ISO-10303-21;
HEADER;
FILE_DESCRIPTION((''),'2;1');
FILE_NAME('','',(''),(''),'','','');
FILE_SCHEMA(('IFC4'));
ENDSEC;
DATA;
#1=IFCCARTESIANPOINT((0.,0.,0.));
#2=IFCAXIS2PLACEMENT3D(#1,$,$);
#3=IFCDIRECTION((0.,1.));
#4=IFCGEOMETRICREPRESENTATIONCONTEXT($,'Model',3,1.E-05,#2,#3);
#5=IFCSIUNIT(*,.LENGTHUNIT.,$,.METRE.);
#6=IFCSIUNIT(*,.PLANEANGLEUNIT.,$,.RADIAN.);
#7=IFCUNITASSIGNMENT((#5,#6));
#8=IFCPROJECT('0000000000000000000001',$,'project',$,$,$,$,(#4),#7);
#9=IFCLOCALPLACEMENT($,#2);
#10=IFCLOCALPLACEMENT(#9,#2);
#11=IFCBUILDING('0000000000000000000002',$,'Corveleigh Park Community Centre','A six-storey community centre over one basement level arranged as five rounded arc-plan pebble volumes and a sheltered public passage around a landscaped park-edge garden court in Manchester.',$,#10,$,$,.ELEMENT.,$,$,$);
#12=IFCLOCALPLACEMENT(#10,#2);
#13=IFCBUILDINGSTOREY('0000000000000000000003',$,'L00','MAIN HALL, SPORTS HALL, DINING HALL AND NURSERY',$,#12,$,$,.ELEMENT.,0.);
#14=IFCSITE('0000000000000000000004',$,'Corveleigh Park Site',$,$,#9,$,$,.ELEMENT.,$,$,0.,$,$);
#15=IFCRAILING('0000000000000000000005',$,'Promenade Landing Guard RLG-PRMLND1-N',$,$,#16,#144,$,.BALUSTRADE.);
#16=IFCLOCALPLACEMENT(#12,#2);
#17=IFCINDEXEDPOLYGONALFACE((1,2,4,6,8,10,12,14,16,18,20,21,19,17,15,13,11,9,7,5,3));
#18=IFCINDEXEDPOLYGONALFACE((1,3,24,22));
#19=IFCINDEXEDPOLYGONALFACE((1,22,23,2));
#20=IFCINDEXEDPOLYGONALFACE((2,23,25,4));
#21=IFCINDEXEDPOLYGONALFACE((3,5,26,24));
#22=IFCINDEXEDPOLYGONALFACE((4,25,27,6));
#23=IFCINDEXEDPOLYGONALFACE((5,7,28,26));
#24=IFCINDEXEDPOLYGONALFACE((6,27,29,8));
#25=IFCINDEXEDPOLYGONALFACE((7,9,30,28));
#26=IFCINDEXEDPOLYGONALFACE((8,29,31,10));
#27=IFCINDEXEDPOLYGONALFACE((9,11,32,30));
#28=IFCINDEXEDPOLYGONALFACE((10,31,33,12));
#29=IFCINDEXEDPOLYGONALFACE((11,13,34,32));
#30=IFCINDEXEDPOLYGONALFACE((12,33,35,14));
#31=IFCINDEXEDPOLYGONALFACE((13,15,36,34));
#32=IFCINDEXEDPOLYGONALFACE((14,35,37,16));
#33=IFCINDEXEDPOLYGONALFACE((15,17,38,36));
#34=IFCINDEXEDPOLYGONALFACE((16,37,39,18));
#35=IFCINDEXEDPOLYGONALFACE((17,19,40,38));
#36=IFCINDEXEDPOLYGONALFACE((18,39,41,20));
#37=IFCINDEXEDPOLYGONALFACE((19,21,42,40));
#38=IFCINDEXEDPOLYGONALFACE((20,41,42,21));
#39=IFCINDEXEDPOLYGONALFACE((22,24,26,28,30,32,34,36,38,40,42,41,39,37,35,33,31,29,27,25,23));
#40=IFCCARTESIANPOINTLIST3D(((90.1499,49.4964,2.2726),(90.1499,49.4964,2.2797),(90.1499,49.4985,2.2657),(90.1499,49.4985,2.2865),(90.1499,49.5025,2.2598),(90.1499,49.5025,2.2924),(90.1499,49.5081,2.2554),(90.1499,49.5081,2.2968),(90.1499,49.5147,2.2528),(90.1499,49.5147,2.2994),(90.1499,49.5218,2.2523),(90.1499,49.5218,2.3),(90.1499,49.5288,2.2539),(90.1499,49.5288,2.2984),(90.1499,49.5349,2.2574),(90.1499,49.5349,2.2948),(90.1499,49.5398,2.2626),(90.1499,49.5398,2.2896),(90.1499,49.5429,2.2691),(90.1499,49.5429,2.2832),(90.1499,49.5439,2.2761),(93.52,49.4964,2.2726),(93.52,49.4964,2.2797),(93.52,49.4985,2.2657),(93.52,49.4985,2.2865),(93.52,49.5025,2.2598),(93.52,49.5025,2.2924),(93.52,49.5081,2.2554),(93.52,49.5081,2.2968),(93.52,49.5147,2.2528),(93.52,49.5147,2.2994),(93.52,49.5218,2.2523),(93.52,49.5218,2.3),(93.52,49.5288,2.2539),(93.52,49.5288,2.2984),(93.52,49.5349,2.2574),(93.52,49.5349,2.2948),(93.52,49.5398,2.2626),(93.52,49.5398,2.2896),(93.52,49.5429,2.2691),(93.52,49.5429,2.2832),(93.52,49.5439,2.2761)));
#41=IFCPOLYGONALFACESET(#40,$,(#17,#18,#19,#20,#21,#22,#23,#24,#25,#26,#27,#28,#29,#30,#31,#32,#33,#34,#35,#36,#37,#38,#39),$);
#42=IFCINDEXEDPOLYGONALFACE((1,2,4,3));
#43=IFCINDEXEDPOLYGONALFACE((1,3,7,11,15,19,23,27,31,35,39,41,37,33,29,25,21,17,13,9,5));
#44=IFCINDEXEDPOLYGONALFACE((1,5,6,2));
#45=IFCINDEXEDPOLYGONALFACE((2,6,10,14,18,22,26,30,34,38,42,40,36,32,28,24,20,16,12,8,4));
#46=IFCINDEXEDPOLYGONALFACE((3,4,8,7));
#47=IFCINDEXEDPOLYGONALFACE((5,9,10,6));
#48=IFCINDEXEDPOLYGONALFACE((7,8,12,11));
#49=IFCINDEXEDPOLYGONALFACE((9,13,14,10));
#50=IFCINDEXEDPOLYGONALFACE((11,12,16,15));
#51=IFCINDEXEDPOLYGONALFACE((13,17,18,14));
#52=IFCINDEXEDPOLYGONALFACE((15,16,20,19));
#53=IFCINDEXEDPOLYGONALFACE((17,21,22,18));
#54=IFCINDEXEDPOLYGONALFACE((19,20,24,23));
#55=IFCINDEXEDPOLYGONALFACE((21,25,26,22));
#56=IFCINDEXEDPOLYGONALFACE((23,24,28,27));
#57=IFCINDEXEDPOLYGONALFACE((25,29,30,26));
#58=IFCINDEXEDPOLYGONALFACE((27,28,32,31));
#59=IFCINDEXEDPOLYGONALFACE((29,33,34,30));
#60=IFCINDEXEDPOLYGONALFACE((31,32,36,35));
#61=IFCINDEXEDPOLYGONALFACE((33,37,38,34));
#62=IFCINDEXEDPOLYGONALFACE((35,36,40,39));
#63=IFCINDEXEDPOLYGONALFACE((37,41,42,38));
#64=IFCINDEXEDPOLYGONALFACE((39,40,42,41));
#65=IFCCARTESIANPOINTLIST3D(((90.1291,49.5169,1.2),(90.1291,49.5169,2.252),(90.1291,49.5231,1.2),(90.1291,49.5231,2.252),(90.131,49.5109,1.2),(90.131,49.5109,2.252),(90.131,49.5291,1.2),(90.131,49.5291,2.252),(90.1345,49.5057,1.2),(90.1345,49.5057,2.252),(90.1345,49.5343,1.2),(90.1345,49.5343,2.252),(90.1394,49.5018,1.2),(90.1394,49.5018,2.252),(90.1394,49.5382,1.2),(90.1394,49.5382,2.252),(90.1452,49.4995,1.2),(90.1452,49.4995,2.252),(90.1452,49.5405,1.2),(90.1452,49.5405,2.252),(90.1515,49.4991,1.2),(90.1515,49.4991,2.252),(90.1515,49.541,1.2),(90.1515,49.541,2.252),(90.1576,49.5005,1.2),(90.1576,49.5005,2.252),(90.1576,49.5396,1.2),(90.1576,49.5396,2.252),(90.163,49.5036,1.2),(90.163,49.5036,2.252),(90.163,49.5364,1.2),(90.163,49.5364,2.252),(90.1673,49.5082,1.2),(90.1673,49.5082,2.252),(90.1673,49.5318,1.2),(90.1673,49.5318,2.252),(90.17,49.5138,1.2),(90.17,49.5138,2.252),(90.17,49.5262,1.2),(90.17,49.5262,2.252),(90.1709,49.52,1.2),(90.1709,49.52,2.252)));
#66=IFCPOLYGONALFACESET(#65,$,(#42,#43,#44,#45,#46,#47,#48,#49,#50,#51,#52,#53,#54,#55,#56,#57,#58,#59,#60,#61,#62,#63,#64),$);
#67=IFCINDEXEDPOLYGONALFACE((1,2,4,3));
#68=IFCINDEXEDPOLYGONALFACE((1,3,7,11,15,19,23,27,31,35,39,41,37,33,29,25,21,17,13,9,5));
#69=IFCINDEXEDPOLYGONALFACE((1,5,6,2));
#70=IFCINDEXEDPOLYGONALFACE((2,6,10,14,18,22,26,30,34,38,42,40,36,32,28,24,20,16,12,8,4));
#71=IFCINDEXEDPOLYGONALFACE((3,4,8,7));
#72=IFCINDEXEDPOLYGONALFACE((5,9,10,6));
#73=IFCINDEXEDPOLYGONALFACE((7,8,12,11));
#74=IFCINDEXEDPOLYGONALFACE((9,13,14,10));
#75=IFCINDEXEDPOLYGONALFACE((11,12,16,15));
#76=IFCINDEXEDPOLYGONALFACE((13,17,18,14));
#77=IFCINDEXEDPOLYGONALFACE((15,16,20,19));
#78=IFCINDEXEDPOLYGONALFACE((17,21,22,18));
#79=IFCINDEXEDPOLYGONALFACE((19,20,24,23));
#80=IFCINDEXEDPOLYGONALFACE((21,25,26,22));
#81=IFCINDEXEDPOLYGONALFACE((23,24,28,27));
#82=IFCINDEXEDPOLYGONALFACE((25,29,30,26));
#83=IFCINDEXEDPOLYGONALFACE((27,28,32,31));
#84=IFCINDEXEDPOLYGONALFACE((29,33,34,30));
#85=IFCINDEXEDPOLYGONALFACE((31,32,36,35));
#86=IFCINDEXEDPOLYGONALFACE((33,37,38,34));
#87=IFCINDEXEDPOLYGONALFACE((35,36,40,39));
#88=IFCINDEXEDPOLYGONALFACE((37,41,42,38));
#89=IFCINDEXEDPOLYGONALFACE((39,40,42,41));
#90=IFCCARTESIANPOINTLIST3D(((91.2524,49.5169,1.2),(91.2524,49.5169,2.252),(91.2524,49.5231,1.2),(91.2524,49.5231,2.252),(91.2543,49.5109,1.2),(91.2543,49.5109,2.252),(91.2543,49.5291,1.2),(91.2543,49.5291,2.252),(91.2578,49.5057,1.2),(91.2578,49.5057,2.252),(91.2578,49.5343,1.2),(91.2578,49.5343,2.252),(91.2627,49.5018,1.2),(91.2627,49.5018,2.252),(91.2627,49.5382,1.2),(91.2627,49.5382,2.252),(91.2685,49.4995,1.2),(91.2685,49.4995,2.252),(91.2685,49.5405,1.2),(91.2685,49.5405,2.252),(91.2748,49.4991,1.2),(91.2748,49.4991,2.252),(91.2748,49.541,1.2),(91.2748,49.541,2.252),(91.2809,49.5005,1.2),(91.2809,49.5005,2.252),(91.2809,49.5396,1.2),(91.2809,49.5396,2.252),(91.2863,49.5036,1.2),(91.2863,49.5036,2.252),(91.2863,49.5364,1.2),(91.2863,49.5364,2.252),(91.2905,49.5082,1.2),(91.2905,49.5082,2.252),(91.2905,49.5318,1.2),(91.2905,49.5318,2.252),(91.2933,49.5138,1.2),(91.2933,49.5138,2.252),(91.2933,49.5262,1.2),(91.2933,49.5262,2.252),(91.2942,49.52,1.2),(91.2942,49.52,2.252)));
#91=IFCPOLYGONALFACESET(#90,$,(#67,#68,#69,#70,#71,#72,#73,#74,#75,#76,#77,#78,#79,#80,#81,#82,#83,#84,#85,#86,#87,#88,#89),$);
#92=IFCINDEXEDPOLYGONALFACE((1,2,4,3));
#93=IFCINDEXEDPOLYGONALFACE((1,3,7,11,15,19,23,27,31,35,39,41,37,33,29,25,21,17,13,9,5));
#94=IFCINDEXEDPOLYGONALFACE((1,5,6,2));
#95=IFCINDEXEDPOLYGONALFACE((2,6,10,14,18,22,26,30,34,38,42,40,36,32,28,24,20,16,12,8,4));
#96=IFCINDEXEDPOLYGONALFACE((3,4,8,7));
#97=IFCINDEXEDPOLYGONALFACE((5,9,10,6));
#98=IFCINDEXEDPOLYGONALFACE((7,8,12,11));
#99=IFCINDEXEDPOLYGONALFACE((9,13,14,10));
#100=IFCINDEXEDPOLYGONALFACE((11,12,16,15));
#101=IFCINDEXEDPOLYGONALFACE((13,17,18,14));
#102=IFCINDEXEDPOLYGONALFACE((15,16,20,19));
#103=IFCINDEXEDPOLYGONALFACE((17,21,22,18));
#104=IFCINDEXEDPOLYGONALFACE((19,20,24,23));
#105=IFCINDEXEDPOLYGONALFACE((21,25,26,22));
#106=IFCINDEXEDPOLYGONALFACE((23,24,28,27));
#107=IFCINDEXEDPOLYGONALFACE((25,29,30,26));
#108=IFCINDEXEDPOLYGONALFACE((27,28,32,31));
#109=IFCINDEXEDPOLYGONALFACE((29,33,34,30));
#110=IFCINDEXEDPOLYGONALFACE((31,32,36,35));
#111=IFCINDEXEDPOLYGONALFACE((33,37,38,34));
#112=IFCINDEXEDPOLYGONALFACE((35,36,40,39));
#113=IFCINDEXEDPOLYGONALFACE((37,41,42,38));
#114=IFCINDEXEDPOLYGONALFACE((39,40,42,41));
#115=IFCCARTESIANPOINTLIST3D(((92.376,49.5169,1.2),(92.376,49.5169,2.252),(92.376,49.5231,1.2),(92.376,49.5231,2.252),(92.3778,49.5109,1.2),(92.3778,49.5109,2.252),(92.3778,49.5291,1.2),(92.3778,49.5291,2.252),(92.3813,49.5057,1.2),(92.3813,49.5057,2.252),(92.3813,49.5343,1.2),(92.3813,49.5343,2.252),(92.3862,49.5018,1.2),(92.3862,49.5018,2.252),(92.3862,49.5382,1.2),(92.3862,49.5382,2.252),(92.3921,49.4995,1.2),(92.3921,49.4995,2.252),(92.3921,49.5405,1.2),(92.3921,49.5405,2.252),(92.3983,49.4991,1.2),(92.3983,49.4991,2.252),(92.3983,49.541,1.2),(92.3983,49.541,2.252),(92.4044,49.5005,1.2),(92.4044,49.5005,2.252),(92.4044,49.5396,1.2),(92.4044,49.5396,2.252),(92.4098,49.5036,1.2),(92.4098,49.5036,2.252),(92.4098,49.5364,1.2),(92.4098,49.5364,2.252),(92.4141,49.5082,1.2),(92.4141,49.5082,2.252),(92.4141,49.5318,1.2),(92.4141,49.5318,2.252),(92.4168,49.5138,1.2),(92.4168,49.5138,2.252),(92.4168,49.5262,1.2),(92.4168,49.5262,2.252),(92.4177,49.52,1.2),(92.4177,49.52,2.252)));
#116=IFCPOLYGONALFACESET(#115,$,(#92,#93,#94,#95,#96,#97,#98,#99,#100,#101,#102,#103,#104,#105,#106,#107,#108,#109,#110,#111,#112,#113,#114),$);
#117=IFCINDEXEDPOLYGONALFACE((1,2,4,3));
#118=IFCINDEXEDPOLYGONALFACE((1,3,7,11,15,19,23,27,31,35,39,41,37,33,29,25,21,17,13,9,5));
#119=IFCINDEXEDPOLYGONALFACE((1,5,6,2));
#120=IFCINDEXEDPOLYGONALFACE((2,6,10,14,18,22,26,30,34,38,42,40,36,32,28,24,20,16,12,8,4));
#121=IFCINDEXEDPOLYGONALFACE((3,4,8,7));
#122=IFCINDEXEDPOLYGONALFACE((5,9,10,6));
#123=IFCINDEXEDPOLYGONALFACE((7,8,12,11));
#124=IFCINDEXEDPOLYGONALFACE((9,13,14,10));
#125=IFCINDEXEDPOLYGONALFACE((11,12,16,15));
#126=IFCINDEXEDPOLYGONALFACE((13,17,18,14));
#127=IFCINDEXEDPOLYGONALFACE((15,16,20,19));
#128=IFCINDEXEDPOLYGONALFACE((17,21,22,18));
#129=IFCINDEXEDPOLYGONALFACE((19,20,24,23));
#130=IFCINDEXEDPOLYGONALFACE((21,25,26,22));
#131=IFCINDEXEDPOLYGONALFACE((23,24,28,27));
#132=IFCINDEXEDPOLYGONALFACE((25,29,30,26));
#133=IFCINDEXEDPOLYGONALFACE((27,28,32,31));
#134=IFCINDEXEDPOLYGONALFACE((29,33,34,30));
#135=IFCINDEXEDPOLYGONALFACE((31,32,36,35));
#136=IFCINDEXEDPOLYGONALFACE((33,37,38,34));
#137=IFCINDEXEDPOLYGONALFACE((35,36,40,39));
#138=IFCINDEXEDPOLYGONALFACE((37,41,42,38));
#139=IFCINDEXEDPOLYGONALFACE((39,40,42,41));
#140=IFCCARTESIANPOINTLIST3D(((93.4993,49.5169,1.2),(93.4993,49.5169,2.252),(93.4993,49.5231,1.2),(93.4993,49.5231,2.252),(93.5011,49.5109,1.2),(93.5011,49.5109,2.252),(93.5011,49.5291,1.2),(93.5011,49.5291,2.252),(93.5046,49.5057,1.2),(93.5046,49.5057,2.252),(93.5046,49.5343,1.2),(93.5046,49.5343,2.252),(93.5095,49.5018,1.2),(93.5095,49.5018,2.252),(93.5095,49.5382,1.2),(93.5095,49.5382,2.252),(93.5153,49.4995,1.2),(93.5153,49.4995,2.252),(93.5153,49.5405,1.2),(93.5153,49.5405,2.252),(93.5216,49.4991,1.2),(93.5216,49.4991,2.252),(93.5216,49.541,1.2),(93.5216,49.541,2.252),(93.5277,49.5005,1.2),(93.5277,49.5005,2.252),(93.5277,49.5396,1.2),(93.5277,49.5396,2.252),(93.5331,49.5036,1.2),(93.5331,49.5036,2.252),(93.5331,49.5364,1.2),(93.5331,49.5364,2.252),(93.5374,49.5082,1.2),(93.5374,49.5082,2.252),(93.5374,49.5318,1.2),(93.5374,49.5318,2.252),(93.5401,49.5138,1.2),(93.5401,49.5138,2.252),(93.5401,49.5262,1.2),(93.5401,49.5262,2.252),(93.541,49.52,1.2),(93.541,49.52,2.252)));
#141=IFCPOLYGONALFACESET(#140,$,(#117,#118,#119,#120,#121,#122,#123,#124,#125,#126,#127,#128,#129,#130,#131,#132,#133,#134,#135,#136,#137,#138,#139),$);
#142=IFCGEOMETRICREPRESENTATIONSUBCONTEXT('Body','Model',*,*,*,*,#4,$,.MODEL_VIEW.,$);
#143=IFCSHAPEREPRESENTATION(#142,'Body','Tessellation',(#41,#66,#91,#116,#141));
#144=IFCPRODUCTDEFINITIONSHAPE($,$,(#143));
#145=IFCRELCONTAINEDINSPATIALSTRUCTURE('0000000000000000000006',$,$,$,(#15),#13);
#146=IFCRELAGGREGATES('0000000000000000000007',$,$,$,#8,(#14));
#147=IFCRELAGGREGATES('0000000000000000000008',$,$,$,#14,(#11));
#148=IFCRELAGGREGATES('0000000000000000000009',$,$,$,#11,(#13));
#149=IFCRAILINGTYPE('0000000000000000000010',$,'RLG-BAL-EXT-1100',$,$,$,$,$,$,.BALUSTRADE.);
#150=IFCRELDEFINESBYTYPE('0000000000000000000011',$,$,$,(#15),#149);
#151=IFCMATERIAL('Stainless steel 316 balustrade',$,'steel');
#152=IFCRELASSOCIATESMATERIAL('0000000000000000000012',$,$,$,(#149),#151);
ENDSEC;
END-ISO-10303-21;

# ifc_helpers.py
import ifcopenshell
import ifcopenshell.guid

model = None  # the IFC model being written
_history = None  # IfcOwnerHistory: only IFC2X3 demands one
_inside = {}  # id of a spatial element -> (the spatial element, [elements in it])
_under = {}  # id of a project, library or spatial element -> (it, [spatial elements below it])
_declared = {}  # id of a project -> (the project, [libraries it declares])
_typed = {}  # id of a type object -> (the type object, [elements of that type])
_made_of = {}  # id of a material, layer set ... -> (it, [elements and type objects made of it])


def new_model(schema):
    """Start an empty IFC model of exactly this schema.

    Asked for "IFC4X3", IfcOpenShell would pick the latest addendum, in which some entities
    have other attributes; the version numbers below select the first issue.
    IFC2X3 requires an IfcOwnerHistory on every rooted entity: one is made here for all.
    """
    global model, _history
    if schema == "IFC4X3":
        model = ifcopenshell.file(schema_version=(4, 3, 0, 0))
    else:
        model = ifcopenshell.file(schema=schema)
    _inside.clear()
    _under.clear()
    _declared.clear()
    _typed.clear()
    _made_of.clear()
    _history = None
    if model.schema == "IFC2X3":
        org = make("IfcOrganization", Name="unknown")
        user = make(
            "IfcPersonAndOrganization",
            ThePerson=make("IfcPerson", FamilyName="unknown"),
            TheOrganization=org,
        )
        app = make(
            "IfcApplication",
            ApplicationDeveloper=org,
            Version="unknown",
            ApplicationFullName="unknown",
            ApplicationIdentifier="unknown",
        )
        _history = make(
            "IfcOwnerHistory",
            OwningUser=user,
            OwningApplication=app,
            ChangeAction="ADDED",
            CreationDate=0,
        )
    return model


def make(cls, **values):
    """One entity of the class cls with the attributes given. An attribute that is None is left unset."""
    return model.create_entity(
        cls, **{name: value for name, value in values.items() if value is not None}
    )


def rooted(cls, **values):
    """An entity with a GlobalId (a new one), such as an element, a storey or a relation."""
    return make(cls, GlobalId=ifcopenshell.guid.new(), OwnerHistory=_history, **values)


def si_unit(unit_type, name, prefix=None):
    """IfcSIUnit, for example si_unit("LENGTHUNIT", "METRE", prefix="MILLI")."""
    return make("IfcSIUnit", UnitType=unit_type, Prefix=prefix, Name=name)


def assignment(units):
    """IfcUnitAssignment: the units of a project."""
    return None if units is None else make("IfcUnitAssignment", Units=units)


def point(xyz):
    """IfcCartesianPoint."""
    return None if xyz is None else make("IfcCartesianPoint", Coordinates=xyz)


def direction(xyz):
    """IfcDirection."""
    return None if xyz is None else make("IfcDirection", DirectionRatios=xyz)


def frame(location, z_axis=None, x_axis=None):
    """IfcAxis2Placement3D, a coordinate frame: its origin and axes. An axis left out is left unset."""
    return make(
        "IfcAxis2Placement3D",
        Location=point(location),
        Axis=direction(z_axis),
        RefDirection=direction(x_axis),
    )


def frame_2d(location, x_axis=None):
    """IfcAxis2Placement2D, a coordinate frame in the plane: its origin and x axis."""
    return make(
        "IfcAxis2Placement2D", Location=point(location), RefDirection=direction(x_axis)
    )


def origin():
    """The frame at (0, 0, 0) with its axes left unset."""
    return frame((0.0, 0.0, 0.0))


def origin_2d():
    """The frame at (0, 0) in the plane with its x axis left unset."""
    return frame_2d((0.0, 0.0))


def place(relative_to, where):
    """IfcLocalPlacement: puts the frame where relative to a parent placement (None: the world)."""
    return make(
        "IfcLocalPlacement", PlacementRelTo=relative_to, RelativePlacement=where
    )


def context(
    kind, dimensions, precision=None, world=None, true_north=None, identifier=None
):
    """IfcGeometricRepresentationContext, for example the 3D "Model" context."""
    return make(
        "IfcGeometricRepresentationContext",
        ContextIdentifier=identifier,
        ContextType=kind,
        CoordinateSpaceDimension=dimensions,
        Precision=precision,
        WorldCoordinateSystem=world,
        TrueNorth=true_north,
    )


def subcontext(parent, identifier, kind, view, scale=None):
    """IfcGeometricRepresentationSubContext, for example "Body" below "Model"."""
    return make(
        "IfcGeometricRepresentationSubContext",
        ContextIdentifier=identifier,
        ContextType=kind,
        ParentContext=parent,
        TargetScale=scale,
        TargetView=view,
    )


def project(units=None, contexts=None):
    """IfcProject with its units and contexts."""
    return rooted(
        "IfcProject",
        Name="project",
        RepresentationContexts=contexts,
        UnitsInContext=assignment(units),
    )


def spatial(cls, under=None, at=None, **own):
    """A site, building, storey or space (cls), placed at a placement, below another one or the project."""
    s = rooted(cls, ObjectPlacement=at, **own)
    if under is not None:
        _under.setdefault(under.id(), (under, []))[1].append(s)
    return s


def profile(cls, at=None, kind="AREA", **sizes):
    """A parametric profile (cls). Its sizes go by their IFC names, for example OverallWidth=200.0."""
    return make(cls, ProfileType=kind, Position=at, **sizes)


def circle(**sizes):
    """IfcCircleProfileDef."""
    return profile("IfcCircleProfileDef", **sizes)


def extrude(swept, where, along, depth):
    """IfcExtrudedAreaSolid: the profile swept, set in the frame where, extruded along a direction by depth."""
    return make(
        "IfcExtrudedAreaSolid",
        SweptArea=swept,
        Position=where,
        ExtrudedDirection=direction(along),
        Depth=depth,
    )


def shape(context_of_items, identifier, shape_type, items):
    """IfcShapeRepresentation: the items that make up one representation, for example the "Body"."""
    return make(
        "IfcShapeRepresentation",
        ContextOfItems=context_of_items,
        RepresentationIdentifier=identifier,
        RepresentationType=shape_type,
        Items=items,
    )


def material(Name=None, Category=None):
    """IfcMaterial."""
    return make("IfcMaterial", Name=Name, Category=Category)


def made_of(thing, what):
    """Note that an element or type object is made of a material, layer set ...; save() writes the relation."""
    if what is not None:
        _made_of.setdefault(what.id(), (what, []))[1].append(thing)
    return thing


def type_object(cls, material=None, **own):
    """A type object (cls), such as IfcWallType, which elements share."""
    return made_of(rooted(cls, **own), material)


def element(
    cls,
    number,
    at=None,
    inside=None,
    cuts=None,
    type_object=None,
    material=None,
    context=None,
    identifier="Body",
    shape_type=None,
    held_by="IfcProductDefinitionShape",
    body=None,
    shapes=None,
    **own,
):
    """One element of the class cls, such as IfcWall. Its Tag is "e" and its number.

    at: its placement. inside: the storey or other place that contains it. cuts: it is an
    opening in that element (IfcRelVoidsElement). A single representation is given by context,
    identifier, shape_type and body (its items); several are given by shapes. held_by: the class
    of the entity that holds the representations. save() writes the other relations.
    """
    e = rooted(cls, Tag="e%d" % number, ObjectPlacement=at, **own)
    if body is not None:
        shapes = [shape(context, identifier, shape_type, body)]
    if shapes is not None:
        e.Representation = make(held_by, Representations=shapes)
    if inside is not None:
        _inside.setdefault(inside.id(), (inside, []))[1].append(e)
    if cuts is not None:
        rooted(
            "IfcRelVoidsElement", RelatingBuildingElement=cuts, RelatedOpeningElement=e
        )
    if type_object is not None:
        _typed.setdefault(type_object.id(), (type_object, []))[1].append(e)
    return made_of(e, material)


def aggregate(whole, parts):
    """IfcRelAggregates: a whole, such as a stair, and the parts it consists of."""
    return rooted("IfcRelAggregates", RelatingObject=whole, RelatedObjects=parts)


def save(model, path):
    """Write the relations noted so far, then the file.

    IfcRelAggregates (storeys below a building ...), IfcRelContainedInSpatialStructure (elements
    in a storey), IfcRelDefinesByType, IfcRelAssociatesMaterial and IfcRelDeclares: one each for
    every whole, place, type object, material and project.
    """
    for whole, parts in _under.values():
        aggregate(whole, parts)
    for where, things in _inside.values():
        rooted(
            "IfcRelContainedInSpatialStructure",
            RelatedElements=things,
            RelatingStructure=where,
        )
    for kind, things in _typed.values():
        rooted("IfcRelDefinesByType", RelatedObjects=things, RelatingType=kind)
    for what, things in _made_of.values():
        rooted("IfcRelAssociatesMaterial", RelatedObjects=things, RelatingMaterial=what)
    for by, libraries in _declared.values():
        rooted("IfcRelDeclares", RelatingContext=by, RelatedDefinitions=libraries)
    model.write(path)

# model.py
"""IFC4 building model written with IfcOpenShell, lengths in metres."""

from ifc_helpers import new_model, si_unit, direction, frame, origin, origin_2d, place, context, subcontext, project, spatial, circle, extrude, material, type_object, element, save


model = new_model("IFC4")

# Units and contexts
model_context = context("Model", 3, precision=1e-05, world=origin(), true_north=direction((0.0, 1.0)))
body_context = subcontext(model_context, "Body", "Model", "MODEL_VIEW")
ifc_project = project(units=[si_unit("LENGTHUNIT", "METRE"), si_unit("PLANEANGLEUNIT", "RADIAN")], contexts=[model_context])

# Site, building, storey
site_placement = place(None, origin())
site = spatial("IfcSite", under=ifc_project, at=site_placement, Name="Corveleigh Park Site", CompositionType="ELEMENT", RefElevation=0.0)
building_placement = place(site_placement, origin())
building = spatial("IfcBuilding", under=site, at=building_placement, Name="Corveleigh Park Community Centre", Description="A six-storey community centre over one basement level arranged as five rounded arc-plan pebble volumes and a sheltered public passage around a landscaped park-edge garden court in Manchester.", CompositionType="ELEMENT")
storey_placement = place(building_placement, origin())
storey = spatial("IfcBuildingStorey", under=building, at=storey_placement, Name="L00", Description="MAIN HALL, SPORTS HALL, DINING HALL AND NURSERY", CompositionType="ELEMENT", Elevation=0.0)

# Railing
ifc_material_1 = material(Name="Stainless steel 316 balustrade", Category="steel")
railing_type = type_object("IfcRailingType", Name="RLG-BAL-EXT-1100", PredefinedType="BALUSTRADE", material=ifc_material_1)
railing_1_placement = place(storey_placement, frame((90.1499, 49.52, 1.2)))
element("IfcRailing", 1, at=railing_1_placement, inside=storey, type_object=railing_type, Name="Promenade Landing Guard RLG-PRMLND1-N", PredefinedType="BALUSTRADE", context=body_context, shape_type="SweptSolid", body=[
    extrude(circle(Radius=0.0239, at=origin_2d()), frame((0.0, 0.0, 1.0762), z_axis=(1.0, 0.0, 0.0), x_axis=(0.0, 1.0, 0.0)), (0.0, 0.0, 1.0), 3.3701),
    extrude(circle(Radius=0.021, at=origin_2d()), origin(), (0.0, 0.0, 1.0), 1.052),
    extrude(circle(Radius=0.021, at=origin_2d()), frame((1.1233, 0.0, 0.0)), (0.0, 0.0, 1.0), 1.052),
    extrude(circle(Radius=0.021, at=origin_2d()), frame((2.2468, 0.0, 0.0)), (0.0, 0.0, 1.0), 1.052),
    extrude(circle(Radius=0.021, at=origin_2d()), frame((3.3701, 0.0, 0.0)), (0.0, 0.0, 1.0), 1.052),
])

save(model, "model.ifc")
